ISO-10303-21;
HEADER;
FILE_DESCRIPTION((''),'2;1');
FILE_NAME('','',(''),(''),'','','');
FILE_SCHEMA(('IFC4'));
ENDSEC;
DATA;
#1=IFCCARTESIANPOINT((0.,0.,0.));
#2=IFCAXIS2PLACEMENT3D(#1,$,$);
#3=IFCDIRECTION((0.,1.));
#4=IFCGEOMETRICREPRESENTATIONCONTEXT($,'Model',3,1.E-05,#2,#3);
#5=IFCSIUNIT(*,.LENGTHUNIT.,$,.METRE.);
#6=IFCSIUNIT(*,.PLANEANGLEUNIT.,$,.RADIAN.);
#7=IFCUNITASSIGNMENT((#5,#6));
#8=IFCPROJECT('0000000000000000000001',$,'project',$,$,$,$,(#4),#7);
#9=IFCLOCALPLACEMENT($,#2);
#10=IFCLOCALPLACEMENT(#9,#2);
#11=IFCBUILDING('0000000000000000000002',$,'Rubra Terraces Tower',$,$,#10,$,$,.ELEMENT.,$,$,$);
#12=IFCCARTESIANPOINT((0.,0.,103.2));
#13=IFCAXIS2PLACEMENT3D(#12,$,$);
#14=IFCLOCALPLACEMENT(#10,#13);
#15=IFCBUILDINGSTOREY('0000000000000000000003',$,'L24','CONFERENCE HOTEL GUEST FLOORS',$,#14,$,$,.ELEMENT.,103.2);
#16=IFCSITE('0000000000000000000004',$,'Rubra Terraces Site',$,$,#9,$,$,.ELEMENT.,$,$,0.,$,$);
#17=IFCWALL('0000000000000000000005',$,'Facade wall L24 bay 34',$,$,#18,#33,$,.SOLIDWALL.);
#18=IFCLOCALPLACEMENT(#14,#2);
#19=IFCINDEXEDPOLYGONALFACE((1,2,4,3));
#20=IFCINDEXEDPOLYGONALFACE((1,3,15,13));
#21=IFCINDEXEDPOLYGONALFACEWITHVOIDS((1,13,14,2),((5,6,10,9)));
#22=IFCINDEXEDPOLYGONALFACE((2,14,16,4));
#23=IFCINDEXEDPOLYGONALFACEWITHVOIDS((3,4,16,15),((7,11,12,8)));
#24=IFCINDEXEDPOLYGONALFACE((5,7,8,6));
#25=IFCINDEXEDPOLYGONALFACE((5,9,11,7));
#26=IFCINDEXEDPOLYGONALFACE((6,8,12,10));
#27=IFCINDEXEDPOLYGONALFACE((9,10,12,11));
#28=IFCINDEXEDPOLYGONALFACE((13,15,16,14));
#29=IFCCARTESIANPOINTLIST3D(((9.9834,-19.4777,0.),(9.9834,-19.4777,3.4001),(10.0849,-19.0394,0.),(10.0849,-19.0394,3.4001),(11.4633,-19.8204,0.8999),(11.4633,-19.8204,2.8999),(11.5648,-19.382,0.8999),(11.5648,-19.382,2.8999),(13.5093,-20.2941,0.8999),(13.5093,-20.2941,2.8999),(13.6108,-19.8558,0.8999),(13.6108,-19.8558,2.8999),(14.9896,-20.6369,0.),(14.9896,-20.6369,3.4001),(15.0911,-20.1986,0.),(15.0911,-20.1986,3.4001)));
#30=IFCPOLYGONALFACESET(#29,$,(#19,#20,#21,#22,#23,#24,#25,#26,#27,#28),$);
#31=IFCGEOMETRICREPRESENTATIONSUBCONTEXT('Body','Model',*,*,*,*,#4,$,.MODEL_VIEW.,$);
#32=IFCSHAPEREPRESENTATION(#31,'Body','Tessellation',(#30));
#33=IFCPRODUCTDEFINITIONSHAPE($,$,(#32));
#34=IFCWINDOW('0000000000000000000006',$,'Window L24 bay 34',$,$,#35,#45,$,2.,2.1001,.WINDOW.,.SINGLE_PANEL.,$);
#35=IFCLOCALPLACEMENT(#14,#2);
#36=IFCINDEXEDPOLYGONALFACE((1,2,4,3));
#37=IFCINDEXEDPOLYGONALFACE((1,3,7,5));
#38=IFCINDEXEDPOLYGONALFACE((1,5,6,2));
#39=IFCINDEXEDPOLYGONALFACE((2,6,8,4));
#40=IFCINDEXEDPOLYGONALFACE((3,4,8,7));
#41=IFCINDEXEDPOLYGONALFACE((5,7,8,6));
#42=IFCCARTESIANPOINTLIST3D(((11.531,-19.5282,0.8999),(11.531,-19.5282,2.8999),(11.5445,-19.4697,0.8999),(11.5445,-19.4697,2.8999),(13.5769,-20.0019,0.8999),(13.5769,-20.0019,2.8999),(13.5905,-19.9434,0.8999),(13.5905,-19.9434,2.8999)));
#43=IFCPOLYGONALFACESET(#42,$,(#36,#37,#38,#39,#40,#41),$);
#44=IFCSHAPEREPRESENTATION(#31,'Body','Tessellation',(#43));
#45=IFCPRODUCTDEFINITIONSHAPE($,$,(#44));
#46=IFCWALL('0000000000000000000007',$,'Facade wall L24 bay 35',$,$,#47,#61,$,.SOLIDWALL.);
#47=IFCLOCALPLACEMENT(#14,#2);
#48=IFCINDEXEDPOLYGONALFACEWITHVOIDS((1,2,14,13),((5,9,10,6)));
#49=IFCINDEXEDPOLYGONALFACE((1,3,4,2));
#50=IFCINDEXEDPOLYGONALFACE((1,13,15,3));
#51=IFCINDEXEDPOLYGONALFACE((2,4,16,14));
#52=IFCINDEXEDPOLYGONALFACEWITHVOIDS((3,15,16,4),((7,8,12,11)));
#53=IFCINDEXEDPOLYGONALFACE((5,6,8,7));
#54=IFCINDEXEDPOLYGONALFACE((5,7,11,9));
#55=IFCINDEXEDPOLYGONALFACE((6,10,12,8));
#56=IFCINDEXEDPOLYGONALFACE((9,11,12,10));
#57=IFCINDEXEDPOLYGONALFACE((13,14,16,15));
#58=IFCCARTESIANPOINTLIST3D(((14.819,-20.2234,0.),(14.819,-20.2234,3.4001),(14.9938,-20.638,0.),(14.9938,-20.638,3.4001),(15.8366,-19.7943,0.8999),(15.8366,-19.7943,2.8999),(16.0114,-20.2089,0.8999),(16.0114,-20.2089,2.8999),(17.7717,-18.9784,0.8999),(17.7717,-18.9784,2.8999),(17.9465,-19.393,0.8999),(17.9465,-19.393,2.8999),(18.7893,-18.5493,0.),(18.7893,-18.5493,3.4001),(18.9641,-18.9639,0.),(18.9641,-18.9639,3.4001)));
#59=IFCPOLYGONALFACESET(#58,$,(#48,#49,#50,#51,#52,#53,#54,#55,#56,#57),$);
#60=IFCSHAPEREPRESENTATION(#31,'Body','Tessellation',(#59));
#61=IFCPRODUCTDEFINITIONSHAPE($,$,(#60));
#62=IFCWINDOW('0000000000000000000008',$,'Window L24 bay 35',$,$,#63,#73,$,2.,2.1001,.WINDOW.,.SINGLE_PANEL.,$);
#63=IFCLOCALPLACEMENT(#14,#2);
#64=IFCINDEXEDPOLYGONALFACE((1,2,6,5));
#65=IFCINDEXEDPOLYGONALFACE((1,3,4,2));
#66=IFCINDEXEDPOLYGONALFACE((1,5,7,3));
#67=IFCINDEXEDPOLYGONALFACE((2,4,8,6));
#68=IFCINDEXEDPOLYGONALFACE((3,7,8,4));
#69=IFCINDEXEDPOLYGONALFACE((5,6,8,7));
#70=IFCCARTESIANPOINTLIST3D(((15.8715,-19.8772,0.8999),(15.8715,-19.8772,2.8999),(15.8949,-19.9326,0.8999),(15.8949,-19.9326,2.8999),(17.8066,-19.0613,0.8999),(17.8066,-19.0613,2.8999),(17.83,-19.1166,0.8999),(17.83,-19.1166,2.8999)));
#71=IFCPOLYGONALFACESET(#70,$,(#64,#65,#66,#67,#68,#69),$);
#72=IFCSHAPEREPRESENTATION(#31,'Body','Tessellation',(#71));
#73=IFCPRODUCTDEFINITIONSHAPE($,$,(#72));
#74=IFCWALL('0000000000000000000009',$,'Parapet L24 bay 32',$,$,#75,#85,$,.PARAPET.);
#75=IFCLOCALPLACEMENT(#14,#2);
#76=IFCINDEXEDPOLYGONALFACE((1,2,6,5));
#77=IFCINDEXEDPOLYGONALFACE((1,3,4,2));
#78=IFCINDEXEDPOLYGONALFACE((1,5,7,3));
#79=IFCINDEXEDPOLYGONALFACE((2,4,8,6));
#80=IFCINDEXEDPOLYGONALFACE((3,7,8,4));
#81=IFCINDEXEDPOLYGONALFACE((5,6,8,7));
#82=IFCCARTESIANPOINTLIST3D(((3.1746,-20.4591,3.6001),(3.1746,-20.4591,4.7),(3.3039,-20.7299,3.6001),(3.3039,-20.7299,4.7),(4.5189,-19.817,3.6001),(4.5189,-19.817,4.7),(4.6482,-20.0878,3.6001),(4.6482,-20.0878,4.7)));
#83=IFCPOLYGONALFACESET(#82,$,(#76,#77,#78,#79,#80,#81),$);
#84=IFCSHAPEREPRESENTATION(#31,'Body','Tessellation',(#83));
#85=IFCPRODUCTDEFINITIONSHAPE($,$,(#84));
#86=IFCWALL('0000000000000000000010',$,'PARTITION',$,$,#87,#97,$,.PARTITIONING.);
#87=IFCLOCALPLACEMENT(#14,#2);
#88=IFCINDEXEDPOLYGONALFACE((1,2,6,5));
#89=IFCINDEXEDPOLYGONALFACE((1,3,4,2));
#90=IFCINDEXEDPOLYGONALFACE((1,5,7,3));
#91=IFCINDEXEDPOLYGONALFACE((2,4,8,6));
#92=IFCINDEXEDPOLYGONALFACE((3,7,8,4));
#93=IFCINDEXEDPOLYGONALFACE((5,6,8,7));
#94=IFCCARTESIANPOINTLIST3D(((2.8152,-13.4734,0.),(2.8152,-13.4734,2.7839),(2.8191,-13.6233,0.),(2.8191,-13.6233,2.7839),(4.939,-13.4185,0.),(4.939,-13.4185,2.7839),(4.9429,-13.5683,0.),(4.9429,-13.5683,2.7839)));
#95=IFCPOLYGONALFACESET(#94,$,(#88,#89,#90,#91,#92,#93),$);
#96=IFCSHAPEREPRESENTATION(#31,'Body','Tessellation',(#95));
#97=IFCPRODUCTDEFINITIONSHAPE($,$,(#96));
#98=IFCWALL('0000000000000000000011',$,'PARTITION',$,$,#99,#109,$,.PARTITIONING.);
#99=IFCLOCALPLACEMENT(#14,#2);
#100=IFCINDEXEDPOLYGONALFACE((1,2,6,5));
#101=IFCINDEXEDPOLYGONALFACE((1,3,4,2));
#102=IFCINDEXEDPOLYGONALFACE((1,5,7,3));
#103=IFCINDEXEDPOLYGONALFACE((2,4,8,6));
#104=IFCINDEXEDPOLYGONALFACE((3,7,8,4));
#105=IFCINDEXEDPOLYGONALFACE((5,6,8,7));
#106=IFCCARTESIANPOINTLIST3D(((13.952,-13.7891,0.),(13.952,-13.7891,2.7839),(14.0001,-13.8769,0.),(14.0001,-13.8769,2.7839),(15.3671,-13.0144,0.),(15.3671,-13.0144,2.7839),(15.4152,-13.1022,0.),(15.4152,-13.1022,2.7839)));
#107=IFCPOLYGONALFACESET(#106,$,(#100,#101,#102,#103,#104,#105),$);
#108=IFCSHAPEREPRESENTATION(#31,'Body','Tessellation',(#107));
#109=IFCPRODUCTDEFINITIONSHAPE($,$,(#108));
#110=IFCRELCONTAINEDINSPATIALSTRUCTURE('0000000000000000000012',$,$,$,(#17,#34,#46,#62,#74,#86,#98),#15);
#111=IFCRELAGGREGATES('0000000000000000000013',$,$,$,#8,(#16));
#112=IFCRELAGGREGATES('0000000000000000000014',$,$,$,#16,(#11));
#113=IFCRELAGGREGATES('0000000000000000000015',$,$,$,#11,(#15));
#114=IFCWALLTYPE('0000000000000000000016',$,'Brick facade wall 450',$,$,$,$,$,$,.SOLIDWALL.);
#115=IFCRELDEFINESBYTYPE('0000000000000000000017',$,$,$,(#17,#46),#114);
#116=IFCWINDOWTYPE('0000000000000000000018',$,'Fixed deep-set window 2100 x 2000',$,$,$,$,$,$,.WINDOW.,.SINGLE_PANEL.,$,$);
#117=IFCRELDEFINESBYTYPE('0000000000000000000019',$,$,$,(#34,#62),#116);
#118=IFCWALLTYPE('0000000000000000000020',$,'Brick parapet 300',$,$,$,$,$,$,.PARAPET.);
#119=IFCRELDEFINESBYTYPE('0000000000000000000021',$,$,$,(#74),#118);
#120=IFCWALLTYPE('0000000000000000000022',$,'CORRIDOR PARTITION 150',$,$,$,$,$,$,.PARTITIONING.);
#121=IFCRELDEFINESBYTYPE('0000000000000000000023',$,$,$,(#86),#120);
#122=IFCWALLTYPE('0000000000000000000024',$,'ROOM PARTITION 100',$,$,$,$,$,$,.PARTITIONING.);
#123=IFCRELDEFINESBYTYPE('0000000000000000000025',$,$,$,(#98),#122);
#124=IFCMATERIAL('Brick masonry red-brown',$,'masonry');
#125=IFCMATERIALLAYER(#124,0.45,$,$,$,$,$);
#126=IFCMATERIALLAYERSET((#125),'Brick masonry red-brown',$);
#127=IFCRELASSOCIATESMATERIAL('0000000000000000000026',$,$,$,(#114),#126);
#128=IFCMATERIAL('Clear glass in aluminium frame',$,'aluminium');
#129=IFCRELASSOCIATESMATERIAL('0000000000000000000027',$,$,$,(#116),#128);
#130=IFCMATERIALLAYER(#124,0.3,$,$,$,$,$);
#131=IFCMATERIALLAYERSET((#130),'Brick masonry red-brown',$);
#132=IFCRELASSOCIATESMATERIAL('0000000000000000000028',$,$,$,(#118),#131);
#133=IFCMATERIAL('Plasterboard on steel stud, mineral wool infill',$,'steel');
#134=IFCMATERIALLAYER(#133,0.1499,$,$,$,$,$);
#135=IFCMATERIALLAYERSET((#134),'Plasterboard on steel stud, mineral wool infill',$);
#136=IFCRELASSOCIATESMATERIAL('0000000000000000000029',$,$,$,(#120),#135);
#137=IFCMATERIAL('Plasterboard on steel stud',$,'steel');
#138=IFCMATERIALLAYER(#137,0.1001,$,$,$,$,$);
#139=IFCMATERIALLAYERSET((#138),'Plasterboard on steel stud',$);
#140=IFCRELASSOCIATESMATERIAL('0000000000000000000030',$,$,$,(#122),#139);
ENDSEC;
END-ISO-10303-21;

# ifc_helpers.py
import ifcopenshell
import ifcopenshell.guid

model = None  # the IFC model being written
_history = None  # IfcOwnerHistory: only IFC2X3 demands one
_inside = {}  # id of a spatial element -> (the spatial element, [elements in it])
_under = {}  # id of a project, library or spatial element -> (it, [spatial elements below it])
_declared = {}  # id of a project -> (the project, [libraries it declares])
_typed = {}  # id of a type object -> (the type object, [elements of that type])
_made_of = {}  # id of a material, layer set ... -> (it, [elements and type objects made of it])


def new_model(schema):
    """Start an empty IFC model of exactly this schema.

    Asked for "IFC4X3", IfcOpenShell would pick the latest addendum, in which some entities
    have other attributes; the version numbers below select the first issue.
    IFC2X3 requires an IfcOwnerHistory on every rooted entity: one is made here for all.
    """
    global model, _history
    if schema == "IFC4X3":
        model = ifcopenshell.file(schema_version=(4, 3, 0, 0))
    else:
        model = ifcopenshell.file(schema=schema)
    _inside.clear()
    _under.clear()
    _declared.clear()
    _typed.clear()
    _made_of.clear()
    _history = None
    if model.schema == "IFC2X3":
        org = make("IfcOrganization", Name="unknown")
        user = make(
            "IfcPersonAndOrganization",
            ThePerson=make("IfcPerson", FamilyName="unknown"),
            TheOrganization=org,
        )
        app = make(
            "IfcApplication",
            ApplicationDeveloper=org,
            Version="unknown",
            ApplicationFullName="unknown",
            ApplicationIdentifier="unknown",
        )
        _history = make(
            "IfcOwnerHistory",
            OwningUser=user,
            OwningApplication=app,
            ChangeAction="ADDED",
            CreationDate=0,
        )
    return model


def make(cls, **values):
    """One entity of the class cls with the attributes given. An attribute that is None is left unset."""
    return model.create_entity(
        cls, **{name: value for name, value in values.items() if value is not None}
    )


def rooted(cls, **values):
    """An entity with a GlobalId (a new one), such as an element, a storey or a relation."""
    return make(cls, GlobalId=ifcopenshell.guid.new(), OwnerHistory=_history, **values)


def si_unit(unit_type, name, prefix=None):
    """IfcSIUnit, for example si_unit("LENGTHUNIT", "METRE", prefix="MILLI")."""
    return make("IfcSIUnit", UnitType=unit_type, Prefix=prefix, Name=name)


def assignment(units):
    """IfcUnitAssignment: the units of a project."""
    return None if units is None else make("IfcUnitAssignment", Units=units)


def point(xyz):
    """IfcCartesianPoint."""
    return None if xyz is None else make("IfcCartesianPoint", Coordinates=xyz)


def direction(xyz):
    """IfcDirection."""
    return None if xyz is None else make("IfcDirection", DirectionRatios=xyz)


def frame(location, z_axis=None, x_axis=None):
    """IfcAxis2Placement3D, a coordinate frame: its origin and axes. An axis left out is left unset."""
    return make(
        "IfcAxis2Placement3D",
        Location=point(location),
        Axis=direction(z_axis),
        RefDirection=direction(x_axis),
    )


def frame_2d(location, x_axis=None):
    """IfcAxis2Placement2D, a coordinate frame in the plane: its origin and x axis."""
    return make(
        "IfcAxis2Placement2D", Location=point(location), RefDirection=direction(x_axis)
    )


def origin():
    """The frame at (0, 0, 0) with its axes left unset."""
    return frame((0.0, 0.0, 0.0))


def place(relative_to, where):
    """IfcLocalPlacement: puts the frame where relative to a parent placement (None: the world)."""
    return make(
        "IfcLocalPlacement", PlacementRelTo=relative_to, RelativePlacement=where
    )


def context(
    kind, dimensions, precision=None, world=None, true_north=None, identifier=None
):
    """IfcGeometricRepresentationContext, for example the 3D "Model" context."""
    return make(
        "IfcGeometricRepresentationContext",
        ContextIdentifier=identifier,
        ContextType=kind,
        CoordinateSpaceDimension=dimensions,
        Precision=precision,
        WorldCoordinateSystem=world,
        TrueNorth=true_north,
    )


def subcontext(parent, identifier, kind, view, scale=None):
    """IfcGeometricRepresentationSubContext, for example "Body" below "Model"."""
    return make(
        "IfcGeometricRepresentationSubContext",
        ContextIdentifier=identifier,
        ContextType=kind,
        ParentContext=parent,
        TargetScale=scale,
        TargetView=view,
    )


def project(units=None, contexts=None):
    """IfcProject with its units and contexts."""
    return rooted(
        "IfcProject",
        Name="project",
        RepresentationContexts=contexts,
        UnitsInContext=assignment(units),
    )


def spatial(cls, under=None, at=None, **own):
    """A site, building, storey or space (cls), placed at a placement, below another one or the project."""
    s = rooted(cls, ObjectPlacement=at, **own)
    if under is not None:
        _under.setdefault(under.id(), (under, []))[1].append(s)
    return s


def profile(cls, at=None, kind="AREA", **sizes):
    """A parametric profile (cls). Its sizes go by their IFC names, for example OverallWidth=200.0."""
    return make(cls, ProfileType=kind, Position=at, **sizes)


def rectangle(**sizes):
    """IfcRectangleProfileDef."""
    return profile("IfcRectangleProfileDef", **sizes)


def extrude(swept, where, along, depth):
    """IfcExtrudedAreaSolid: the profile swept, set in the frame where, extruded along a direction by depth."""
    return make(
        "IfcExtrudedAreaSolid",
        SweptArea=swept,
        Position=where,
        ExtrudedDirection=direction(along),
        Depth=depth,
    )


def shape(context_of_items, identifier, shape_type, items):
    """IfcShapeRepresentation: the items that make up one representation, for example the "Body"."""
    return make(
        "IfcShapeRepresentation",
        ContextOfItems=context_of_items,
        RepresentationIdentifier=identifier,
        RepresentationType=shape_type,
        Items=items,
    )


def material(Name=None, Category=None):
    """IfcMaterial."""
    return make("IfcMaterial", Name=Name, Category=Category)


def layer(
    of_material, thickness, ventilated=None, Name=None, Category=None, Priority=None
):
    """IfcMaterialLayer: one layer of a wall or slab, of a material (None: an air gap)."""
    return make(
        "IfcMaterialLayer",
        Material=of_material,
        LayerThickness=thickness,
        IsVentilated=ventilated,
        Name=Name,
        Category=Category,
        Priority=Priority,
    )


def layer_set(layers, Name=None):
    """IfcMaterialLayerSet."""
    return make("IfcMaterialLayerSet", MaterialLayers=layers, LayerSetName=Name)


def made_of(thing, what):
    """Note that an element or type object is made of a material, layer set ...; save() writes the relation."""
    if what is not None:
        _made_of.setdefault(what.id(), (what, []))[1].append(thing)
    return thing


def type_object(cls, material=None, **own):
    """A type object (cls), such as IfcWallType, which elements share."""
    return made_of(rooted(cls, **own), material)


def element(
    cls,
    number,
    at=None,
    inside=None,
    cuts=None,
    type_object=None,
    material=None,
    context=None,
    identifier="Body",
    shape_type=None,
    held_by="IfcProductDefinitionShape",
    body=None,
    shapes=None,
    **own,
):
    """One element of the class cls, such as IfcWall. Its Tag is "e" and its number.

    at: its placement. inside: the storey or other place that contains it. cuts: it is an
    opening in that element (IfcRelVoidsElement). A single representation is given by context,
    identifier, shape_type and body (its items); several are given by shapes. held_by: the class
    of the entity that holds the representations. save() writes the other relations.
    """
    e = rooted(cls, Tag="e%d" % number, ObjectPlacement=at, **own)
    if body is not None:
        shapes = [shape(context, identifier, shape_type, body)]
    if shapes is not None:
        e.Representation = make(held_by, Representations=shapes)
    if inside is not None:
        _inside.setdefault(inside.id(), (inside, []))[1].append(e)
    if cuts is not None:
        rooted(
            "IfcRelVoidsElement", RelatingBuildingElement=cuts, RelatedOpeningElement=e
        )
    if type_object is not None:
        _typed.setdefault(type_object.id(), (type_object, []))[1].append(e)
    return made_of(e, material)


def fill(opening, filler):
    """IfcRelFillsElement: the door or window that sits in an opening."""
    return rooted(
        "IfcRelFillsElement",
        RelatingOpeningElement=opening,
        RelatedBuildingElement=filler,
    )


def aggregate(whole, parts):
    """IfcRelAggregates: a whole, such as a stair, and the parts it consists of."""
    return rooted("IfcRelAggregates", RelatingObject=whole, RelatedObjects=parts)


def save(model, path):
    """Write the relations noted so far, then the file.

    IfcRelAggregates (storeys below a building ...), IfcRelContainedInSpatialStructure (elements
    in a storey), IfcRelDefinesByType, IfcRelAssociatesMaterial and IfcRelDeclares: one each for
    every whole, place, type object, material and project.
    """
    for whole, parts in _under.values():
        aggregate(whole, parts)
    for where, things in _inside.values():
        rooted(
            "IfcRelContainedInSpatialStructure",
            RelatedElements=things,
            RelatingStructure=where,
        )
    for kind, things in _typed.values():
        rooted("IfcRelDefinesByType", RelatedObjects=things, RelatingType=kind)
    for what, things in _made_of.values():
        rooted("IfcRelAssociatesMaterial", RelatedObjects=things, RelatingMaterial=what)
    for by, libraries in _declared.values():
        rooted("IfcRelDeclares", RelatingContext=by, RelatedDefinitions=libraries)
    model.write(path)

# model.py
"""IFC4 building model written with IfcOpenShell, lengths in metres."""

from ifc_helpers import new_model, si_unit, direction, frame, frame_2d, origin, place, context, subcontext, project, spatial, rectangle, extrude, material, layer, layer_set, type_object, element, fill, save


model = new_model("IFC4")

# Units and contexts
model_context = context("Model", 3, precision=1e-05, world=origin(), true_north=direction((0.0, 1.0)))
body_context = subcontext(model_context, "Body", "Model", "MODEL_VIEW")
ifc_project = project(units=[si_unit("LENGTHUNIT", "METRE"), si_unit("PLANEANGLEUNIT", "RADIAN")], contexts=[model_context])

# Site, building, storey
site_placement = place(None, origin())
site = spatial("IfcSite", under=ifc_project, at=site_placement, Name="Rubra Terraces Site", CompositionType="ELEMENT", RefElevation=0.0)
building_placement = place(site_placement, origin())
building = spatial("IfcBuilding", under=site, at=building_placement, Name="Rubra Terraces Tower", CompositionType="ELEMENT")
storey_placement = place(building_placement, frame((0.0, 0.0, 103.2)))
storey = spatial("IfcBuildingStorey", under=building, at=storey_placement, Name="L24", Description="CONFERENCE HOTEL GUEST FLOORS", CompositionType="ELEMENT", Elevation=103.2)

# Walls, openings, windows
ifc_material_1 = material(Name="Brick masonry red-brown", Category="masonry")
ifc_layer_1 = layer(ifc_material_1, 0.45)
ifc_layer_set_1 = layer_set([ifc_layer_1], Name="Brick masonry red-brown")
wall_type_1 = type_object("IfcWallType", Name="Brick facade wall 450", PredefinedType="SOLIDWALL", material=ifc_layer_set_1)
ifc_material_2 = material(Name="Clear glass in aluminium frame", Category="aluminium")
window_type = type_object("IfcWindowType", Name="Fixed deep-set window 2100 x 2000", PartitioningType="SINGLE_PANEL", PredefinedType="WINDOW", material=ifc_material_2)
wall_1_placement = place(storey_placement, frame((10.0342, -19.2585, 0.0), z_axis=(0.0, 0.0, 1.0), x_axis=(0.974224, -0.225585, 0.0)))
wall_1 = element("IfcWall", 1, at=wall_1_placement, inside=storey, type_object=wall_type_1, Name="Facade wall L24 bay 34", PredefinedType="SOLIDWALL", context=body_context, shape_type="SweptSolid", body=[
    extrude(rectangle(XDim=5.1387, YDim=0.45, at=frame_2d((2.5693, 0.0))), origin(), (0.0, 0.0, 1.0), 3.4001),
])
opening_1_placement = place(wall_1_placement, frame((1.519, 0.0, 0.8999)))
opening_1 = element("IfcOpeningElement", 2, at=opening_1_placement, cuts=wall_1, PredefinedType="OPENING", context=body_context, shape_type="SweptSolid", body=[
    extrude(rectangle(XDim=2.1001, YDim=2.0, at=frame_2d((1.05, 1.0))), frame((0.0, 0.2349, 0.0), z_axis=(0.0, -1.0, 0.0), x_axis=(1.0, 0.0, 0.0)), (0.0, 0.0, 1.0), 0.47),
])
window_1_placement = place(opening_1_placement, origin())
window_1 = element("IfcWindow", 3, at=window_1_placement, inside=storey, type_object=window_type, Name="Window L24 bay 34", OverallHeight=2.0, OverallWidth=2.1001, PartitioningType="SINGLE_PANEL", PredefinedType="WINDOW", context=body_context, shape_type="SweptSolid", body=[
    extrude(rectangle(XDim=2.1001, YDim=2.0, at=frame_2d((1.05, 1.0))), frame((0.0, 0.135, 0.0), z_axis=(0.0, -1.0, 0.0), x_axis=(1.0, 0.0, 0.0)), (0.0, 0.0, 1.0), 0.0601),
])
fill(opening_1, window_1)
wall_2_placement = place(storey_placement, frame((14.9065, -20.4307, 0.0), z_axis=(0.0, 0.0, 1.0), x_axis=(0.921436, 0.388531, 0.0)))
wall_2 = element("IfcWall", 4, at=wall_2_placement, inside=storey, type_object=wall_type_1, Name="Facade wall L24 bay 35", PredefinedType="SOLIDWALL", context=body_context, shape_type="SweptSolid", body=[
    extrude(rectangle(XDim=4.3088, YDim=0.45, at=frame_2d((2.1543, 0.0))), origin(), (0.0, 0.0, 1.0), 3.4001),
])
opening_2_placement = place(wall_2_placement, frame((1.1042, 0.0, 0.8999)))
opening_2 = element("IfcOpeningElement", 5, at=opening_2_placement, cuts=wall_2, PredefinedType="OPENING", context=body_context, shape_type="SweptSolid", body=[
    extrude(rectangle(XDim=2.1001, YDim=2.0, at=frame_2d((1.05, 1.0))), frame((0.0, 0.2349, 0.0), z_axis=(0.0, -1.0, 0.0), x_axis=(1.0, 0.0, 0.0)), (0.0, 0.0, 1.0), 0.47),
])
window_2_placement = place(opening_2_placement, origin())
window_2 = element("IfcWindow", 6, at=window_2_placement, inside=storey, type_object=window_type, Name="Window L24 bay 35", OverallHeight=2.0, OverallWidth=2.1001, PartitioningType="SINGLE_PANEL", PredefinedType="WINDOW", context=body_context, shape_type="SweptSolid", body=[
    extrude(rectangle(XDim=2.1001, YDim=2.0, at=frame_2d((1.05, 1.0))), frame((0.0, 0.135, 0.0), z_axis=(0.0, -1.0, 0.0), x_axis=(1.0, 0.0, 0.0)), (0.0, 0.0, 1.0), 0.0601),
])
fill(opening_2, window_2)

# Walls
ifc_layer_2 = layer(ifc_material_1, 0.3)
ifc_layer_set_2 = layer_set([ifc_layer_2], Name="Brick masonry red-brown")
wall_type_2 = type_object("IfcWallType", Name="Brick parapet 300", PredefinedType="PARAPET", material=ifc_layer_set_2)
wall_3_placement = place(storey_placement, frame((3.2393, -20.5945, 3.6001), z_axis=(0.0, 0.0, 1.0), x_axis=(0.902345, 0.431015, 0.0)))
element("IfcWall", 7, at=wall_3_placement, inside=storey, type_object=wall_type_2, Name="Parapet L24 bay 32", PredefinedType="PARAPET", context=body_context, shape_type="SweptSolid", body=[
    extrude(rectangle(XDim=1.4897, YDim=0.3, at=frame_2d((0.7449, 0.0))), origin(), (0.0, 0.0, 1.0), 1.0999),
])
ifc_material_3 = material(Name="Plasterboard on steel stud, mineral wool infill", Category="steel")
ifc_layer_3 = layer(ifc_material_3, 0.1499)
ifc_layer_set_3 = layer_set([ifc_layer_3], Name="Plasterboard on steel stud, mineral wool infill")
wall_type_3 = type_object("IfcWallType", Name="CORRIDOR PARTITION 150", PredefinedType="PARTITIONING", material=ifc_layer_set_3)
wall_4_placement = place(storey_placement, frame((2.8171, -13.5483, 0.0), z_axis=(0.0, 0.0, 1.0), x_axis=(0.999666, 0.025856, 0.0)))
element("IfcWall", 8, at=wall_4_placement, inside=storey, type_object=wall_type_3, Name="PARTITION", PredefinedType="PARTITIONING", context=body_context, shape_type="SweptSolid", body=[
    extrude(rectangle(XDim=2.1245, YDim=0.1499, at=frame_2d((1.0623, 0.0))), origin(), (0.0, 0.0, 1.0), 2.7839),
])
ifc_material_4 = material(Name="Plasterboard on steel stud", Category="steel")
ifc_layer_4 = layer(ifc_material_4, 0.1001)
ifc_layer_set_4 = layer_set([ifc_layer_4], Name="Plasterboard on steel stud")
wall_type_4 = type_object("IfcWallType", Name="ROOM PARTITION 100", PredefinedType="PARTITIONING", material=ifc_layer_set_4)
wall_5_placement = place(storey_placement, frame((13.9761, -13.833, 0.0), z_axis=(0.0, 0.0, 1.0), x_axis=(0.87716, 0.480198, 0.0)))
element("IfcWall", 9, at=wall_5_placement, inside=storey, type_object=wall_type_4, Name="PARTITION", PredefinedType="PARTITIONING", context=body_context, shape_type="SweptSolid", body=[
    extrude(rectangle(XDim=1.6133, YDim=0.1001, at=frame_2d((0.8066, 0.0))), origin(), (0.0, 0.0, 1.0), 2.7839),
])

save(model, "model.ifc")
